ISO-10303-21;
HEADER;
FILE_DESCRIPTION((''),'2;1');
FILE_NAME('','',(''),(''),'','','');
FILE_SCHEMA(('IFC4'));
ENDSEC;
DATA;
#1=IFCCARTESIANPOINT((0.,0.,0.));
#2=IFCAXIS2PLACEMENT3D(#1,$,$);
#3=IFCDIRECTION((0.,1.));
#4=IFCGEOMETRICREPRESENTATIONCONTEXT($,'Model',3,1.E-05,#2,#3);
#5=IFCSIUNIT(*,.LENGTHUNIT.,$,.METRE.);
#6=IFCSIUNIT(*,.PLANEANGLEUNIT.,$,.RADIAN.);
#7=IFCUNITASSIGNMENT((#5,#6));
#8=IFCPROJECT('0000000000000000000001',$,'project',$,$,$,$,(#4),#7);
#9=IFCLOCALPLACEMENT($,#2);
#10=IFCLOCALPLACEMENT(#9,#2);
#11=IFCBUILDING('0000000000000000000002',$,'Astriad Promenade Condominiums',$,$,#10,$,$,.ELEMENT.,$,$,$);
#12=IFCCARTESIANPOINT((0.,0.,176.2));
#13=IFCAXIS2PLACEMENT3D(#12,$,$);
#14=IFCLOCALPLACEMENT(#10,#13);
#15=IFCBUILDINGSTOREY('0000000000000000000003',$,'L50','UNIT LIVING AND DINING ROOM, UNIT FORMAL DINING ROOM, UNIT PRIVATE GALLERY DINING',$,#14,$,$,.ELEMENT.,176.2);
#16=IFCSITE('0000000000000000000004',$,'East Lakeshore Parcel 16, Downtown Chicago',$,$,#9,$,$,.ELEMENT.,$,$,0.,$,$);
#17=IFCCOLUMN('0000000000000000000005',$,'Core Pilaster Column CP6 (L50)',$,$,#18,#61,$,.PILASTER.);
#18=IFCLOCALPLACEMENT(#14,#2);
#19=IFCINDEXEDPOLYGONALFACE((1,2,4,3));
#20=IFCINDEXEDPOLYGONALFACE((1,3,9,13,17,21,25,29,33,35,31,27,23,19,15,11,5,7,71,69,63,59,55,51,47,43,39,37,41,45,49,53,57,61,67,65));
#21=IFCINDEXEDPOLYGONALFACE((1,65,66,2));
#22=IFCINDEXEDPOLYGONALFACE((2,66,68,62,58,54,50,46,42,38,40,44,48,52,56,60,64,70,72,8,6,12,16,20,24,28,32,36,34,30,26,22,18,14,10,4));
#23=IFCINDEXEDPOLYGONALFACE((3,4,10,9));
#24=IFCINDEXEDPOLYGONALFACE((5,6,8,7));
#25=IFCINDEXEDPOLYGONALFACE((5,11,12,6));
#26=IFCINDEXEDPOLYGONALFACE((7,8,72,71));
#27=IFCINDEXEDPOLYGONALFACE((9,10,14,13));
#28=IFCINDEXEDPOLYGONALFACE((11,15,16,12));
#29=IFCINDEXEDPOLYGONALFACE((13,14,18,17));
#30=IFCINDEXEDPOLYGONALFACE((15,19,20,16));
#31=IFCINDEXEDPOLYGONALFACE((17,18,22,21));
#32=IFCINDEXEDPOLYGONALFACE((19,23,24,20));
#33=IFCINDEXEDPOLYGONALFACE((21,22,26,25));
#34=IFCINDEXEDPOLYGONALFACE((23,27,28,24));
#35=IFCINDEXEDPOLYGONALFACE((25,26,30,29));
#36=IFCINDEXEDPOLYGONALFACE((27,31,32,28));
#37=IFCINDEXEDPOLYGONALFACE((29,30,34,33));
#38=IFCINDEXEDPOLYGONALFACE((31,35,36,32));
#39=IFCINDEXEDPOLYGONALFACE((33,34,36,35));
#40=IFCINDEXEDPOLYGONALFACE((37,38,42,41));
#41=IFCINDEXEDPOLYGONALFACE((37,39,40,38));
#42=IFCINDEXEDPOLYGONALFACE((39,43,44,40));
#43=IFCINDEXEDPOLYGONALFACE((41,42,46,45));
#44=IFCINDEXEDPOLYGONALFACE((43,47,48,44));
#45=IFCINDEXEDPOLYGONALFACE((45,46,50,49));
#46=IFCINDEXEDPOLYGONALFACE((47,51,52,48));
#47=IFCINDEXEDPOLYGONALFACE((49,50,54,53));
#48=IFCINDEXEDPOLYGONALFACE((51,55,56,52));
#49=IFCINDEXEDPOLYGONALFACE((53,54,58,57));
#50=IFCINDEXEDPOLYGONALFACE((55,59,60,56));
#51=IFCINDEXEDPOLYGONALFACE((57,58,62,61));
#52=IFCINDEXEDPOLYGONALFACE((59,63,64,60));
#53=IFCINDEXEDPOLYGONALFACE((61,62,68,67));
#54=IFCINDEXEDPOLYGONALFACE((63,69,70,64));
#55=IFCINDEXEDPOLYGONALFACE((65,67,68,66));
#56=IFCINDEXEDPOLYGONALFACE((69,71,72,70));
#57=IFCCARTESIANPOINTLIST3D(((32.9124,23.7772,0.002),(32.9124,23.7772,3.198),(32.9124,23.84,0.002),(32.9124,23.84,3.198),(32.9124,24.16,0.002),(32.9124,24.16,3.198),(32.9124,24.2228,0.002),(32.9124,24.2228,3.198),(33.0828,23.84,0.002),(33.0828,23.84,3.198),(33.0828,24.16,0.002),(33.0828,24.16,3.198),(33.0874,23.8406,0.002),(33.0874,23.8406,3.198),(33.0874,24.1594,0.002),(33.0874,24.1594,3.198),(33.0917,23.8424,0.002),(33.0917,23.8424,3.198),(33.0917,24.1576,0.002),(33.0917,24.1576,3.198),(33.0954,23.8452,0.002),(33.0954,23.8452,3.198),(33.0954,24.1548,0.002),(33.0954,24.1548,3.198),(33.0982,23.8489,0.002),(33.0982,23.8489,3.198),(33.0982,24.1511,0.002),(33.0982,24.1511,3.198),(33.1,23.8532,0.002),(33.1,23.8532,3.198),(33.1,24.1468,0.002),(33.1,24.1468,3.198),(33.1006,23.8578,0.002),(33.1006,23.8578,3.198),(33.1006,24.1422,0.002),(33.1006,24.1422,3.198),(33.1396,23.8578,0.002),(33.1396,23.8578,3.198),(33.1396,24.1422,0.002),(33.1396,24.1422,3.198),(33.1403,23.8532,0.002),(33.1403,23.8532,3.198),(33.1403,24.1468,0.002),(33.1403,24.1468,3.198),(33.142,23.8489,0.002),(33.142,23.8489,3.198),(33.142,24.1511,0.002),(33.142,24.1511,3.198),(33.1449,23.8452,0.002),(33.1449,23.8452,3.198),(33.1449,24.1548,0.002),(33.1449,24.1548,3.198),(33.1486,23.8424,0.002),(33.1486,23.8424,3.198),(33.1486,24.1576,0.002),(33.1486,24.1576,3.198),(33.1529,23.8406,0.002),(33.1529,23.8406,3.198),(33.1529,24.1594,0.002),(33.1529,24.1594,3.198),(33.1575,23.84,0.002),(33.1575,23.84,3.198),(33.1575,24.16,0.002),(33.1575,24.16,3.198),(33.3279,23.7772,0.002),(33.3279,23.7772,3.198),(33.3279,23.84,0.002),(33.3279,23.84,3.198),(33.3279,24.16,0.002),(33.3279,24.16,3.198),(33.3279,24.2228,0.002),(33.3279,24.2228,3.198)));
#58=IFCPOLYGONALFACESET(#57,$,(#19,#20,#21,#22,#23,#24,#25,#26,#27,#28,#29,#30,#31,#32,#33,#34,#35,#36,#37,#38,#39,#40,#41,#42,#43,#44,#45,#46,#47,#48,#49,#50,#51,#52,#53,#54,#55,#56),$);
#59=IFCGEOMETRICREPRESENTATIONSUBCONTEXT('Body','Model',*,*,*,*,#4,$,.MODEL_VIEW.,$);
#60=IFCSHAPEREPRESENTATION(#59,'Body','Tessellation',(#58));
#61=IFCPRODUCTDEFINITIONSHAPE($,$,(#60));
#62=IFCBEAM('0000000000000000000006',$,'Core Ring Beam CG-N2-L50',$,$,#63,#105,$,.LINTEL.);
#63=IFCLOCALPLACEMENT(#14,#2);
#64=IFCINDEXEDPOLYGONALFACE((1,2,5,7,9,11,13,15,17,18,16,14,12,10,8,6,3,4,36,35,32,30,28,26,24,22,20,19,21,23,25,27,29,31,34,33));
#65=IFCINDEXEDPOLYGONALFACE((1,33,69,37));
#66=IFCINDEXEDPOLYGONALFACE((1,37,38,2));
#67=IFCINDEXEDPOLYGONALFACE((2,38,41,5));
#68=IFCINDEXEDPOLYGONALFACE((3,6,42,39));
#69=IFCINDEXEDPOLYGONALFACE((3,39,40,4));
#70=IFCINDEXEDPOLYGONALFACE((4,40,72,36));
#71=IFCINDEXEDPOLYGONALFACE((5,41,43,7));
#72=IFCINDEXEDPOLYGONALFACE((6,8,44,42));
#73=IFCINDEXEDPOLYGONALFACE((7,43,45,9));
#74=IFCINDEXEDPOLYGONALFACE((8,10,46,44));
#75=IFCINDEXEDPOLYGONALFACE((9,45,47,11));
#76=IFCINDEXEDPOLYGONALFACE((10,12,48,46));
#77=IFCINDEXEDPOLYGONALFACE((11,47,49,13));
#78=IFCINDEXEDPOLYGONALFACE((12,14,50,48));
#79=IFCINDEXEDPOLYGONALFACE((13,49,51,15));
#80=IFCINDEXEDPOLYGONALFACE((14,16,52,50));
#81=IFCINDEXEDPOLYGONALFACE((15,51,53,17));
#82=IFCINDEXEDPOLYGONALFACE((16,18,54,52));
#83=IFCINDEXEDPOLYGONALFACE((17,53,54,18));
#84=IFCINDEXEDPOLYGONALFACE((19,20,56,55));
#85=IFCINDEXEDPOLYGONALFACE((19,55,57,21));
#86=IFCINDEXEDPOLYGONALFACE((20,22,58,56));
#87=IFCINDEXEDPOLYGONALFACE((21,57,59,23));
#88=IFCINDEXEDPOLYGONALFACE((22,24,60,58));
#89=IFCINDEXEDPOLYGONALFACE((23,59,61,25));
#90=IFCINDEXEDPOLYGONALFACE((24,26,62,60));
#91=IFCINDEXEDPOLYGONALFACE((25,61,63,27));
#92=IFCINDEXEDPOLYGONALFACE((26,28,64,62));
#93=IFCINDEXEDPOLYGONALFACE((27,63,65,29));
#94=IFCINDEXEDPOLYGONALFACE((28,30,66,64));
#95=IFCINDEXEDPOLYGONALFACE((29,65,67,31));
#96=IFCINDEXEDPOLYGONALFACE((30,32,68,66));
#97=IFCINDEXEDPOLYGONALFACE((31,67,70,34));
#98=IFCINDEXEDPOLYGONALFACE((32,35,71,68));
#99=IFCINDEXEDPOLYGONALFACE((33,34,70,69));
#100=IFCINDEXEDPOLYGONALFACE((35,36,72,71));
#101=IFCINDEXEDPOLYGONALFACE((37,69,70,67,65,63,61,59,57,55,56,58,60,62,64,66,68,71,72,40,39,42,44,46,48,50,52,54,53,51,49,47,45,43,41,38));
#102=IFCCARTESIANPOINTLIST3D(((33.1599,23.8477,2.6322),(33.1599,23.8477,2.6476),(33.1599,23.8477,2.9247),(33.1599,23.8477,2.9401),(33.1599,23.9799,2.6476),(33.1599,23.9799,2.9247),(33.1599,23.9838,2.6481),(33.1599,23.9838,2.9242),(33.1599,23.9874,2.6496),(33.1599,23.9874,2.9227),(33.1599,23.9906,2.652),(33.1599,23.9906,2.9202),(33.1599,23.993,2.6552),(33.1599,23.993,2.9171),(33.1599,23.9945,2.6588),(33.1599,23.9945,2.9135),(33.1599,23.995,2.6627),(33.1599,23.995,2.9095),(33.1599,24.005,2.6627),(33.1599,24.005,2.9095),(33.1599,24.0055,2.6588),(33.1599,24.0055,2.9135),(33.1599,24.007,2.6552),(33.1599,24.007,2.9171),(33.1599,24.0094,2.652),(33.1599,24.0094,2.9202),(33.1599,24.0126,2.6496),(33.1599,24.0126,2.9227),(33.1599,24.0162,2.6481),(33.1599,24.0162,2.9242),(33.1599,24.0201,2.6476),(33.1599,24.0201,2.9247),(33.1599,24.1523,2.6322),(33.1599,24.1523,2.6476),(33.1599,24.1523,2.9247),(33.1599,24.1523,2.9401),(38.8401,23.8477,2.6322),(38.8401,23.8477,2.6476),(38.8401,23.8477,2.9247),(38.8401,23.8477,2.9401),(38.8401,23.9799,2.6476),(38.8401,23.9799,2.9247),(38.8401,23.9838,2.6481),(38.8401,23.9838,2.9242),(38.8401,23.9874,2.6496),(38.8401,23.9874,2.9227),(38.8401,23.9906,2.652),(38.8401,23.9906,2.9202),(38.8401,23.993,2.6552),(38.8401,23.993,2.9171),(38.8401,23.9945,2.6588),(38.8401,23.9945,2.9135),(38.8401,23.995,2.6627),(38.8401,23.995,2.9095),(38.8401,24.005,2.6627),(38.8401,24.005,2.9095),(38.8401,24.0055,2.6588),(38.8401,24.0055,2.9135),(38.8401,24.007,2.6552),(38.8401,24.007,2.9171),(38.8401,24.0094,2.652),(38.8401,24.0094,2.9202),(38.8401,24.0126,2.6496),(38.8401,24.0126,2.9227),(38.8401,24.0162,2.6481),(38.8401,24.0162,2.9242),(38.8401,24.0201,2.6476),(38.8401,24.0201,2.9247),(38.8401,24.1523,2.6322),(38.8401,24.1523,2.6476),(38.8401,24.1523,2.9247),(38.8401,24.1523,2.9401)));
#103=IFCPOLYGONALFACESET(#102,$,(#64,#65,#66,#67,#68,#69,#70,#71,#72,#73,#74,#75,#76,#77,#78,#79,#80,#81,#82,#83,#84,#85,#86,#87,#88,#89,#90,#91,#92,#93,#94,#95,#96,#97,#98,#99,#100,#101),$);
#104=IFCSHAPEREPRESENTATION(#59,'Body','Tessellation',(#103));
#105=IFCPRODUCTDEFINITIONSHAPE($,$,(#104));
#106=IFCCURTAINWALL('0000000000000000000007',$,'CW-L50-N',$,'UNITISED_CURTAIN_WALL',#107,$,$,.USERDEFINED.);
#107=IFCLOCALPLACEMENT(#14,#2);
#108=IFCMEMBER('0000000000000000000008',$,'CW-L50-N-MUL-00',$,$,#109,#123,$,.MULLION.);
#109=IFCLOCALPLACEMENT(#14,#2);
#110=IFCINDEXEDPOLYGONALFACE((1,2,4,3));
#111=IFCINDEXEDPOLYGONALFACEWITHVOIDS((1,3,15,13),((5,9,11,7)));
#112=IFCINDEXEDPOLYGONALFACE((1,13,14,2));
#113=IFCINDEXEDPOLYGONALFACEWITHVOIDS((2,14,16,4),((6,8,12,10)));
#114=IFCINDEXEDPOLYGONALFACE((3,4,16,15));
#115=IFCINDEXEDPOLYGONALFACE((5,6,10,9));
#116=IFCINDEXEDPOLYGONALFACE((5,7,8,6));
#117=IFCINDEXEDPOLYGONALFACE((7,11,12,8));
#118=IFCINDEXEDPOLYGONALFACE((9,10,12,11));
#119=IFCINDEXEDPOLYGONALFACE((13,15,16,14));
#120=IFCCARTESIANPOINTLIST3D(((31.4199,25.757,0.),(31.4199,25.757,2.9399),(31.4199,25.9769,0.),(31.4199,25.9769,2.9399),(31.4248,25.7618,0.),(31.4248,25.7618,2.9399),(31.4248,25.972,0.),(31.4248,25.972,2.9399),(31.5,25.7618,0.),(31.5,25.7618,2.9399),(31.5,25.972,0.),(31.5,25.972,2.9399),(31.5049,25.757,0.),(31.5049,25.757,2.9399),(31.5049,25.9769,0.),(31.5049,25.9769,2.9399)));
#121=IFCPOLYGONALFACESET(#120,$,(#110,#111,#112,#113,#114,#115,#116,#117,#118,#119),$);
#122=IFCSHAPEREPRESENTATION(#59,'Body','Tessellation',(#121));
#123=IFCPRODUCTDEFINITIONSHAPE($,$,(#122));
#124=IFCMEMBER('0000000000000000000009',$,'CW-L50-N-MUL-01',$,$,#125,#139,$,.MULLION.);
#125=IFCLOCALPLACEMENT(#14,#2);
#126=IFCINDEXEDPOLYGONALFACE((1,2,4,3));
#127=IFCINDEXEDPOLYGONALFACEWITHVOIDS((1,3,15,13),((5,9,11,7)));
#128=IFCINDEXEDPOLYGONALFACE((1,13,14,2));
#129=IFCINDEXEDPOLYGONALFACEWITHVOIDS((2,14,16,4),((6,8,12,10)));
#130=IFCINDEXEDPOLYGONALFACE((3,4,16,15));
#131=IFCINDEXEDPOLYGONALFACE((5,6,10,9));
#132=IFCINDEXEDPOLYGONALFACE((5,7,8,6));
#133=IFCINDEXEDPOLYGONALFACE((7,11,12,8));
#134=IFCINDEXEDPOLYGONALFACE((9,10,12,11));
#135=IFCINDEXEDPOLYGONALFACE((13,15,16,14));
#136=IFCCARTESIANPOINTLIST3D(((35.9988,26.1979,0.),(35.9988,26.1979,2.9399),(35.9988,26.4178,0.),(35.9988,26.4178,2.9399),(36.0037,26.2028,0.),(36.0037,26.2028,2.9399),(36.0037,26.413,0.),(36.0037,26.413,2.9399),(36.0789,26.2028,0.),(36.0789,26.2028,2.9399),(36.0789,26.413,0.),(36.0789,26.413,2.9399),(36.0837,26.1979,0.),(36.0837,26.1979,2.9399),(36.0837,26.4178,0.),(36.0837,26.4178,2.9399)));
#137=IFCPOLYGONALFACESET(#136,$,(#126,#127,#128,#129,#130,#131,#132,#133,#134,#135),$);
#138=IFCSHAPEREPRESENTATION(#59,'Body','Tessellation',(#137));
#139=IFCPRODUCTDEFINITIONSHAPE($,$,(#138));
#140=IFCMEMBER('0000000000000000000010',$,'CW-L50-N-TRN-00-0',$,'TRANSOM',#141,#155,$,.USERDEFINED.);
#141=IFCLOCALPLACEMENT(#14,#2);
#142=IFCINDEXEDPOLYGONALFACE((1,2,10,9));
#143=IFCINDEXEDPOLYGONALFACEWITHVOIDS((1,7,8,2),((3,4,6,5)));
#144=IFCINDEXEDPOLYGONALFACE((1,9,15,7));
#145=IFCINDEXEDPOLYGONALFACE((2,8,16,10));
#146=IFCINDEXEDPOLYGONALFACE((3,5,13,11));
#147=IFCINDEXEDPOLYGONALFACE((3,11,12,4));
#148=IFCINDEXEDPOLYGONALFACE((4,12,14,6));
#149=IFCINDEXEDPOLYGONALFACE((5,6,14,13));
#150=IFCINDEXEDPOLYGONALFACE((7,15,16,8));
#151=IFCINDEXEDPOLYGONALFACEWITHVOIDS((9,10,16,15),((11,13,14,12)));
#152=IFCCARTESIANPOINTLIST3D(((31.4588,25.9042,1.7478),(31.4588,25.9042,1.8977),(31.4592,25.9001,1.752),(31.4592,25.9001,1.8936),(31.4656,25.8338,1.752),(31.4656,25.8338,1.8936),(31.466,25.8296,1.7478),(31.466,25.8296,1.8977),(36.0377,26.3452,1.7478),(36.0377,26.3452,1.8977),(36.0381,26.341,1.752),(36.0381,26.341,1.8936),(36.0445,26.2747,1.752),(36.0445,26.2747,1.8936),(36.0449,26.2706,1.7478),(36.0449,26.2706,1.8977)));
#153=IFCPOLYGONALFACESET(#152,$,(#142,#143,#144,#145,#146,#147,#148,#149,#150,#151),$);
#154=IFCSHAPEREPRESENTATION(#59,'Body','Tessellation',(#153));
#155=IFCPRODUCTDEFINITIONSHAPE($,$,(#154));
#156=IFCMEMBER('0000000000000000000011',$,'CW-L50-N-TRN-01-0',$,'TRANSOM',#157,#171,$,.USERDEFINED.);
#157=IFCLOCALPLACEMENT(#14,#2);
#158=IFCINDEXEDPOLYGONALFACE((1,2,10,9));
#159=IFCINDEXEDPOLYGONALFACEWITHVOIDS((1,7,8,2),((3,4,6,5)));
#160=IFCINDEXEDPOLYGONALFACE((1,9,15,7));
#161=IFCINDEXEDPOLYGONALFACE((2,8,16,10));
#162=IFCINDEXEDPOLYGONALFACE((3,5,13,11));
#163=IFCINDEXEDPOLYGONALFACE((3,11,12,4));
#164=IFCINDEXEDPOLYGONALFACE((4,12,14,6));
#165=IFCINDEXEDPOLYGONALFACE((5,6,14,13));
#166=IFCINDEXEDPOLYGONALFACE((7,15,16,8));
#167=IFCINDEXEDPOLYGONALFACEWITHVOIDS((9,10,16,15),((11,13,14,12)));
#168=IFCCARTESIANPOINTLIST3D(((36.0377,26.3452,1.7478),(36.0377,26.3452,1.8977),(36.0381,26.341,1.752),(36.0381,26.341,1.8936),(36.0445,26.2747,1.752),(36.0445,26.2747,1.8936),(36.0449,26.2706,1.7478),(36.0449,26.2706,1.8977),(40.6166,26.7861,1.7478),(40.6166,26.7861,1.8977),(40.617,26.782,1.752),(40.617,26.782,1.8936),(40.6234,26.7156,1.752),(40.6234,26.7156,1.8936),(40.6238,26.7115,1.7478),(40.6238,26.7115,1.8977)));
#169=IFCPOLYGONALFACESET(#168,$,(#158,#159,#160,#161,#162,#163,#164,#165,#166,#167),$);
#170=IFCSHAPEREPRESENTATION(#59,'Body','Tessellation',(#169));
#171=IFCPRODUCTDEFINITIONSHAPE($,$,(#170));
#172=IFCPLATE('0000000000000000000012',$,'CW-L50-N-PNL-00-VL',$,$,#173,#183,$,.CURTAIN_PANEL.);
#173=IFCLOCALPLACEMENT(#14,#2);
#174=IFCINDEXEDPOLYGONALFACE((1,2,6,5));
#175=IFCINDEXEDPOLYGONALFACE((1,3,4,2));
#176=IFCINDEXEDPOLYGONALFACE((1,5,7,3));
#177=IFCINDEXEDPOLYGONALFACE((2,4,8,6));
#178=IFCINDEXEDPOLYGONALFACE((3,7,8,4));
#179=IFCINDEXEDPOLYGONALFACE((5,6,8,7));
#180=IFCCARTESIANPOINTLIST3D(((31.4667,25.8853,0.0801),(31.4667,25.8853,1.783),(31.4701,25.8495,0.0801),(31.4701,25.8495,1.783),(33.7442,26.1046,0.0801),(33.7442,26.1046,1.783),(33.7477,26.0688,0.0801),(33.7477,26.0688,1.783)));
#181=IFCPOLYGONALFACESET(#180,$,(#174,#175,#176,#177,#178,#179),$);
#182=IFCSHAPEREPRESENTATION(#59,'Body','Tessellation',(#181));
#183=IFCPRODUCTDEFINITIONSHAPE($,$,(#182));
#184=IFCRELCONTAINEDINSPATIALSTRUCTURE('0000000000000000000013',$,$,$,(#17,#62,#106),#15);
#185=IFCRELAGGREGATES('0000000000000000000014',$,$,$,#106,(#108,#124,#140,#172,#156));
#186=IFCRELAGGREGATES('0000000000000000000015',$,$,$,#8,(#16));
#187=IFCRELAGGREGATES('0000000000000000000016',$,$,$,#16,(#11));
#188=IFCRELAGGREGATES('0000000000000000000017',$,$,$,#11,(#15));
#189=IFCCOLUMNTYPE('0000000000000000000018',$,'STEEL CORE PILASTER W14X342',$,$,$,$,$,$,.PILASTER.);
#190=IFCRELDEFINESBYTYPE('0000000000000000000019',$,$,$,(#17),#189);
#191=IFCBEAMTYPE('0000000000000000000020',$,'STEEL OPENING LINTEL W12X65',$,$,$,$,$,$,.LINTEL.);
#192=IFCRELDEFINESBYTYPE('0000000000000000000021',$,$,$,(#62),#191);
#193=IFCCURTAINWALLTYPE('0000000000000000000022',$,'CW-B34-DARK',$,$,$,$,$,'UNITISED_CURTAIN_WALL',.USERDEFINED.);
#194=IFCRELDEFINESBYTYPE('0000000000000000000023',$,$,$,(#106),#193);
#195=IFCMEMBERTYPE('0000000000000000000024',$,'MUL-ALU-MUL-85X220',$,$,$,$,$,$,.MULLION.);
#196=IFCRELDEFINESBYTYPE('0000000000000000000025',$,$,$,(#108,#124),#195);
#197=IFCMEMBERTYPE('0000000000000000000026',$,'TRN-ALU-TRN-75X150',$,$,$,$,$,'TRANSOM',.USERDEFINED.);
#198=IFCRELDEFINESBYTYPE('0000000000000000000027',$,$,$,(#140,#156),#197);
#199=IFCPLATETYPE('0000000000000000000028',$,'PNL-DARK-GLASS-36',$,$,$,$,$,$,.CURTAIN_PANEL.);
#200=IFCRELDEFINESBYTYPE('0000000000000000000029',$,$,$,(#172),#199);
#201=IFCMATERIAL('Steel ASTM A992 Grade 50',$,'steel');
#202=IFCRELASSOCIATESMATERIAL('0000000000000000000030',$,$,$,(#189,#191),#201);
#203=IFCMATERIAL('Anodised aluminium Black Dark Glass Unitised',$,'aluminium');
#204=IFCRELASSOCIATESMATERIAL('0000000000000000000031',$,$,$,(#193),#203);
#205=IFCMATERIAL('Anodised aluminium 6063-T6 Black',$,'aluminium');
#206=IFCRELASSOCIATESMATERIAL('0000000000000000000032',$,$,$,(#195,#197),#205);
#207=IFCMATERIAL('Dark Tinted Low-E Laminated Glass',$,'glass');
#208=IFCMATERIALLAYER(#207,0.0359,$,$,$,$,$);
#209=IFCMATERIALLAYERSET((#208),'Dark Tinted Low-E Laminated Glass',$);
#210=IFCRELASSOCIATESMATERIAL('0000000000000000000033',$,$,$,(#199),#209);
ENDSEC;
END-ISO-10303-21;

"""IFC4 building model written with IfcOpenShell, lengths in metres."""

from ifc_helpers import new_model, si_unit, direction, frame, origin, origin_2d, place, context, subcontext, project, spatial, rectangle, hollow_rectangle, i_section, extrude, source, transform, mapped, material, layer, layer_set, material_profile, profile_set, type_object, type_shapes, element, aggregate, save


model = new_model("IFC4")

# Units and contexts
model_context = context("Model", 3, precision=1e-05, world=origin(), true_north=direction((0.0, 1.0)))
body_context = subcontext(model_context, "Body", "Model", "MODEL_VIEW")
ifc_project = project(units=[si_unit("LENGTHUNIT", "METRE"), si_unit("PLANEANGLEUNIT", "RADIAN")], contexts=[model_context])

# Site, building, storey
site_placement = place(None, origin())
site = spatial("IfcSite", under=ifc_project, at=site_placement, Name="East Lakeshore Parcel 16, Downtown Chicago", CompositionType="ELEMENT", RefElevation=0.0)
building_placement = place(site_placement, origin())
building = spatial("IfcBuilding", under=site, at=building_placement, Name="Astriad Promenade Condominiums", CompositionType="ELEMENT")
storey_placement = place(building_placement, frame((0.0, 0.0, 176.2)))
storey = spatial("IfcBuildingStorey", under=building, at=storey_placement, Name="L50", Description="UNIT LIVING AND DINING ROOM, UNIT FORMAL DINING ROOM, UNIT PRIVATE GALLERY DINING", CompositionType="ELEMENT", Elevation=176.2)

# Column
ifc_material_1 = material(Name="Steel ASTM A992 Grade 50", Category="steel")
ifc_material_profile_1 = material_profile(ifc_material_1, i_section(OverallWidth=0.4155, OverallDepth=0.4456, WebThickness=0.0391, FlangeThickness=0.0627, FilletRadius=0.0178, at=origin_2d()), Name="W14X342")
ifc_profile_set_1 = profile_set([ifc_material_profile_1], Name="Steel ASTM A992 Grade 50")
column_type = type_object("IfcColumnType", Name="STEEL CORE PILASTER W14X342", PredefinedType="PILASTER", material=ifc_profile_set_1)
shared_shape_1 = source(origin(), body_context, "Body", "SweptSolid", [
    extrude(i_section(OverallWidth=0.4155, OverallDepth=0.4456, WebThickness=0.0391, FlangeThickness=0.0627, FilletRadius=0.0178, at=origin_2d()), origin(), (0.0, 0.0, 1.0), 3.196),
])
type_shapes(column_type, [shared_shape_1])
column_placement = place(storey_placement, frame((33.1201, 24.0, 0.002), z_axis=(0.0, 0.0, 1.0), x_axis=(1.0, 0.0, 0.0)))
element("IfcColumn", 1, at=column_placement, inside=storey, type_object=column_type, Name="Core Pilaster Column CP6 (L50)", PredefinedType="PILASTER", context=body_context, shape_type="MappedRepresentation", body=[
    mapped(shared_shape_1, transform((0.0, 0.0, 0.0), scale=1.0)),
])

# Beam
ifc_material_profile_2 = material_profile(ifc_material_1, i_section(OverallWidth=0.3047, OverallDepth=0.3079, WebThickness=0.01, FlangeThickness=0.0154, FilletRadius=0.0151, at=origin_2d()), Name="W12X65")
ifc_profile_set_2 = profile_set([ifc_material_profile_2], Name="Steel ASTM A992 Grade 50")
beam_type = type_object("IfcBeamType", Name="STEEL OPENING LINTEL W12X65", PredefinedType="LINTEL", material=ifc_profile_set_2)
shared_shape_2 = source(origin(), body_context, "Body", "SweptSolid", [
    extrude(i_section(OverallWidth=0.3047, OverallDepth=0.3079, WebThickness=0.01, FlangeThickness=0.0154, FilletRadius=0.0151, at=origin_2d()), origin(), (0.0, 0.0, 1.0), 5.6802),
])
type_shapes(beam_type, [shared_shape_2])
beam_placement = place(storey_placement, frame((33.1599, 24.0, 2.7861), z_axis=(1.0, 0.0, 0.0), x_axis=(0.0, 1.0, 0.0)))
element("IfcBeam", 2, at=beam_placement, inside=storey, type_object=beam_type, Name="Core Ring Beam CG-N2-L50", PredefinedType="LINTEL", context=body_context, shape_type="MappedRepresentation", body=[
    mapped(shared_shape_2, transform((0.0, 0.0, 0.0), scale=1.0)),
])

# Curtain wall, members, plate
ifc_material_2 = material(Name="Anodised aluminium Black Dark Glass Unitised", Category="aluminium")
curtain_wall_type = type_object("IfcCurtainWallType", Name="CW-B34-DARK", ElementType="UNITISED_CURTAIN_WALL", PredefinedType="USERDEFINED", material=ifc_material_2)
curtain_wall_placement = place(storey_placement, origin())
curtain_wall = element("IfcCurtainWall", 3, at=curtain_wall_placement, inside=storey, type_object=curtain_wall_type, Name="CW-L50-N", ObjectType="UNITISED_CURTAIN_WALL", PredefinedType="USERDEFINED")
ifc_material_3 = material(Name="Anodised aluminium 6063-T6 Black", Category="aluminium")
ifc_material_profile_3 = material_profile(ifc_material_3, hollow_rectangle(XDim=0.085, YDim=0.22, WallThickness=0.0049, at=origin_2d()), Name="ALU-MUL-85X220")
ifc_profile_set_3 = profile_set([ifc_material_profile_3], Name="Anodised aluminium 6063-T6 Black")
member_type_1 = type_object("IfcMemberType", Name="MUL-ALU-MUL-85X220", PredefinedType="MULLION", material=ifc_profile_set_3)
shared_shape_3 = source(origin(), body_context, "Body", "SweptSolid", [
    extrude(hollow_rectangle(XDim=0.085, YDim=0.22, WallThickness=0.0049, at=origin_2d()), origin(), (0.0, 0.0, 1.0), 2.9399),
])
type_shapes(member_type_1, [shared_shape_3])
member_1_placement = place(storey_placement, frame((31.4624, 25.8669, 0.0), z_axis=(0.0, 0.0, 1.0), x_axis=(1.0, 0.0, 0.0)))
member_1 = element("IfcMember", 4, at=member_1_placement, type_object=member_type_1, Name="CW-L50-N-MUL-00", PredefinedType="MULLION", context=body_context, shape_type="MappedRepresentation", body=[
    mapped(shared_shape_3, transform((0.0, 0.0, 0.0), scale=1.0)),
])
member_2_placement = place(storey_placement, frame((36.0413, 26.3079, 0.0), z_axis=(0.0, 0.0, 1.0), x_axis=(1.0, 0.0, 0.0)))
member_2 = element("IfcMember", 5, at=member_2_placement, type_object=member_type_1, Name="CW-L50-N-MUL-01", PredefinedType="MULLION", context=body_context, shape_type="MappedRepresentation", body=[
    mapped(shared_shape_3, transform((0.0, 0.0, 0.0), scale=1.0)),
])
ifc_material_profile_4 = material_profile(ifc_material_3, hollow_rectangle(XDim=0.075, YDim=0.1499, WallThickness=0.0042, at=origin_2d()), Name="ALU-TRN-75X150")
ifc_profile_set_4 = profile_set([ifc_material_profile_4], Name="Anodised aluminium 6063-T6 Black")
member_type_2 = type_object("IfcMemberType", Name="TRN-ALU-TRN-75X150", ElementType="TRANSOM", PredefinedType="USERDEFINED", material=ifc_profile_set_4)
shared_shape_4 = source(origin(), body_context, "Body", "SweptSolid", [
    extrude(hollow_rectangle(XDim=0.075, YDim=0.1499, WallThickness=0.0042, at=origin_2d()), origin(), (0.0, 0.0, 1.0), 4.6001),
])
type_shapes(member_type_2, [shared_shape_4])
member_3_placement = place(storey_placement, frame((31.4624, 25.8669, 1.8228), z_axis=(0.995396, 0.095851, 0.0), x_axis=(-0.095851, 0.995396, 0.0)))
member_3 = element("IfcMember", 6, at=member_3_placement, type_object=member_type_2, Name="CW-L50-N-TRN-00-0", ObjectType="TRANSOM", PredefinedType="USERDEFINED", context=body_context, shape_type="MappedRepresentation", body=[
    mapped(shared_shape_4, transform((0.0, 0.0, 0.0), scale=1.0)),
])
member_4_placement = place(storey_placement, frame((36.0413, 26.3079, 1.8228), z_axis=(0.995396, 0.095851, 0.0), x_axis=(-0.095851, 0.995396, 0.0)))
member_4 = element("IfcMember", 7, at=member_4_placement, type_object=member_type_2, Name="CW-L50-N-TRN-01-0", ObjectType="TRANSOM", PredefinedType="USERDEFINED", context=body_context, shape_type="MappedRepresentation", body=[
    mapped(shared_shape_4, transform((0.0, 0.0, 0.0), scale=1.0)),
])
ifc_material_4 = material(Name="Dark Tinted Low-E Laminated Glass", Category="glass")
ifc_layer_1 = layer(ifc_material_4, 0.0359)
ifc_layer_set_1 = layer_set([ifc_layer_1], Name="Dark Tinted Low-E Laminated Glass")
plate_type = type_object("IfcPlateType", Name="PNL-DARK-GLASS-36", PredefinedType="CURTAIN_PANEL", material=ifc_layer_set_1)
shared_shape_5 = source(origin(), body_context, "Body", "SweptSolid", [
    extrude(rectangle(XDim=2.2881, YDim=0.0359, at=origin_2d()), origin(), (0.0, 0.0, 1.0), 1.7029),
])
plate_1_placement = place(storey_placement, frame((32.6072, 25.9771, 0.0801), z_axis=(0.0, 0.0, 1.0), x_axis=(0.995396, 0.095846, 0.0)))
plate_1 = element("IfcPlate", 8, at=plate_1_placement, type_object=plate_type, Name="CW-L50-N-PNL-00-VL", PredefinedType="CURTAIN_PANEL", context=body_context, shape_type="MappedRepresentation", body=[
    mapped(shared_shape_5, transform((0.0, 0.0, 0.0), scale=1.0)),
])
aggregate(curtain_wall, [member_1, member_2, member_3, plate_1, member_4])

save(model, "model.ifc")
